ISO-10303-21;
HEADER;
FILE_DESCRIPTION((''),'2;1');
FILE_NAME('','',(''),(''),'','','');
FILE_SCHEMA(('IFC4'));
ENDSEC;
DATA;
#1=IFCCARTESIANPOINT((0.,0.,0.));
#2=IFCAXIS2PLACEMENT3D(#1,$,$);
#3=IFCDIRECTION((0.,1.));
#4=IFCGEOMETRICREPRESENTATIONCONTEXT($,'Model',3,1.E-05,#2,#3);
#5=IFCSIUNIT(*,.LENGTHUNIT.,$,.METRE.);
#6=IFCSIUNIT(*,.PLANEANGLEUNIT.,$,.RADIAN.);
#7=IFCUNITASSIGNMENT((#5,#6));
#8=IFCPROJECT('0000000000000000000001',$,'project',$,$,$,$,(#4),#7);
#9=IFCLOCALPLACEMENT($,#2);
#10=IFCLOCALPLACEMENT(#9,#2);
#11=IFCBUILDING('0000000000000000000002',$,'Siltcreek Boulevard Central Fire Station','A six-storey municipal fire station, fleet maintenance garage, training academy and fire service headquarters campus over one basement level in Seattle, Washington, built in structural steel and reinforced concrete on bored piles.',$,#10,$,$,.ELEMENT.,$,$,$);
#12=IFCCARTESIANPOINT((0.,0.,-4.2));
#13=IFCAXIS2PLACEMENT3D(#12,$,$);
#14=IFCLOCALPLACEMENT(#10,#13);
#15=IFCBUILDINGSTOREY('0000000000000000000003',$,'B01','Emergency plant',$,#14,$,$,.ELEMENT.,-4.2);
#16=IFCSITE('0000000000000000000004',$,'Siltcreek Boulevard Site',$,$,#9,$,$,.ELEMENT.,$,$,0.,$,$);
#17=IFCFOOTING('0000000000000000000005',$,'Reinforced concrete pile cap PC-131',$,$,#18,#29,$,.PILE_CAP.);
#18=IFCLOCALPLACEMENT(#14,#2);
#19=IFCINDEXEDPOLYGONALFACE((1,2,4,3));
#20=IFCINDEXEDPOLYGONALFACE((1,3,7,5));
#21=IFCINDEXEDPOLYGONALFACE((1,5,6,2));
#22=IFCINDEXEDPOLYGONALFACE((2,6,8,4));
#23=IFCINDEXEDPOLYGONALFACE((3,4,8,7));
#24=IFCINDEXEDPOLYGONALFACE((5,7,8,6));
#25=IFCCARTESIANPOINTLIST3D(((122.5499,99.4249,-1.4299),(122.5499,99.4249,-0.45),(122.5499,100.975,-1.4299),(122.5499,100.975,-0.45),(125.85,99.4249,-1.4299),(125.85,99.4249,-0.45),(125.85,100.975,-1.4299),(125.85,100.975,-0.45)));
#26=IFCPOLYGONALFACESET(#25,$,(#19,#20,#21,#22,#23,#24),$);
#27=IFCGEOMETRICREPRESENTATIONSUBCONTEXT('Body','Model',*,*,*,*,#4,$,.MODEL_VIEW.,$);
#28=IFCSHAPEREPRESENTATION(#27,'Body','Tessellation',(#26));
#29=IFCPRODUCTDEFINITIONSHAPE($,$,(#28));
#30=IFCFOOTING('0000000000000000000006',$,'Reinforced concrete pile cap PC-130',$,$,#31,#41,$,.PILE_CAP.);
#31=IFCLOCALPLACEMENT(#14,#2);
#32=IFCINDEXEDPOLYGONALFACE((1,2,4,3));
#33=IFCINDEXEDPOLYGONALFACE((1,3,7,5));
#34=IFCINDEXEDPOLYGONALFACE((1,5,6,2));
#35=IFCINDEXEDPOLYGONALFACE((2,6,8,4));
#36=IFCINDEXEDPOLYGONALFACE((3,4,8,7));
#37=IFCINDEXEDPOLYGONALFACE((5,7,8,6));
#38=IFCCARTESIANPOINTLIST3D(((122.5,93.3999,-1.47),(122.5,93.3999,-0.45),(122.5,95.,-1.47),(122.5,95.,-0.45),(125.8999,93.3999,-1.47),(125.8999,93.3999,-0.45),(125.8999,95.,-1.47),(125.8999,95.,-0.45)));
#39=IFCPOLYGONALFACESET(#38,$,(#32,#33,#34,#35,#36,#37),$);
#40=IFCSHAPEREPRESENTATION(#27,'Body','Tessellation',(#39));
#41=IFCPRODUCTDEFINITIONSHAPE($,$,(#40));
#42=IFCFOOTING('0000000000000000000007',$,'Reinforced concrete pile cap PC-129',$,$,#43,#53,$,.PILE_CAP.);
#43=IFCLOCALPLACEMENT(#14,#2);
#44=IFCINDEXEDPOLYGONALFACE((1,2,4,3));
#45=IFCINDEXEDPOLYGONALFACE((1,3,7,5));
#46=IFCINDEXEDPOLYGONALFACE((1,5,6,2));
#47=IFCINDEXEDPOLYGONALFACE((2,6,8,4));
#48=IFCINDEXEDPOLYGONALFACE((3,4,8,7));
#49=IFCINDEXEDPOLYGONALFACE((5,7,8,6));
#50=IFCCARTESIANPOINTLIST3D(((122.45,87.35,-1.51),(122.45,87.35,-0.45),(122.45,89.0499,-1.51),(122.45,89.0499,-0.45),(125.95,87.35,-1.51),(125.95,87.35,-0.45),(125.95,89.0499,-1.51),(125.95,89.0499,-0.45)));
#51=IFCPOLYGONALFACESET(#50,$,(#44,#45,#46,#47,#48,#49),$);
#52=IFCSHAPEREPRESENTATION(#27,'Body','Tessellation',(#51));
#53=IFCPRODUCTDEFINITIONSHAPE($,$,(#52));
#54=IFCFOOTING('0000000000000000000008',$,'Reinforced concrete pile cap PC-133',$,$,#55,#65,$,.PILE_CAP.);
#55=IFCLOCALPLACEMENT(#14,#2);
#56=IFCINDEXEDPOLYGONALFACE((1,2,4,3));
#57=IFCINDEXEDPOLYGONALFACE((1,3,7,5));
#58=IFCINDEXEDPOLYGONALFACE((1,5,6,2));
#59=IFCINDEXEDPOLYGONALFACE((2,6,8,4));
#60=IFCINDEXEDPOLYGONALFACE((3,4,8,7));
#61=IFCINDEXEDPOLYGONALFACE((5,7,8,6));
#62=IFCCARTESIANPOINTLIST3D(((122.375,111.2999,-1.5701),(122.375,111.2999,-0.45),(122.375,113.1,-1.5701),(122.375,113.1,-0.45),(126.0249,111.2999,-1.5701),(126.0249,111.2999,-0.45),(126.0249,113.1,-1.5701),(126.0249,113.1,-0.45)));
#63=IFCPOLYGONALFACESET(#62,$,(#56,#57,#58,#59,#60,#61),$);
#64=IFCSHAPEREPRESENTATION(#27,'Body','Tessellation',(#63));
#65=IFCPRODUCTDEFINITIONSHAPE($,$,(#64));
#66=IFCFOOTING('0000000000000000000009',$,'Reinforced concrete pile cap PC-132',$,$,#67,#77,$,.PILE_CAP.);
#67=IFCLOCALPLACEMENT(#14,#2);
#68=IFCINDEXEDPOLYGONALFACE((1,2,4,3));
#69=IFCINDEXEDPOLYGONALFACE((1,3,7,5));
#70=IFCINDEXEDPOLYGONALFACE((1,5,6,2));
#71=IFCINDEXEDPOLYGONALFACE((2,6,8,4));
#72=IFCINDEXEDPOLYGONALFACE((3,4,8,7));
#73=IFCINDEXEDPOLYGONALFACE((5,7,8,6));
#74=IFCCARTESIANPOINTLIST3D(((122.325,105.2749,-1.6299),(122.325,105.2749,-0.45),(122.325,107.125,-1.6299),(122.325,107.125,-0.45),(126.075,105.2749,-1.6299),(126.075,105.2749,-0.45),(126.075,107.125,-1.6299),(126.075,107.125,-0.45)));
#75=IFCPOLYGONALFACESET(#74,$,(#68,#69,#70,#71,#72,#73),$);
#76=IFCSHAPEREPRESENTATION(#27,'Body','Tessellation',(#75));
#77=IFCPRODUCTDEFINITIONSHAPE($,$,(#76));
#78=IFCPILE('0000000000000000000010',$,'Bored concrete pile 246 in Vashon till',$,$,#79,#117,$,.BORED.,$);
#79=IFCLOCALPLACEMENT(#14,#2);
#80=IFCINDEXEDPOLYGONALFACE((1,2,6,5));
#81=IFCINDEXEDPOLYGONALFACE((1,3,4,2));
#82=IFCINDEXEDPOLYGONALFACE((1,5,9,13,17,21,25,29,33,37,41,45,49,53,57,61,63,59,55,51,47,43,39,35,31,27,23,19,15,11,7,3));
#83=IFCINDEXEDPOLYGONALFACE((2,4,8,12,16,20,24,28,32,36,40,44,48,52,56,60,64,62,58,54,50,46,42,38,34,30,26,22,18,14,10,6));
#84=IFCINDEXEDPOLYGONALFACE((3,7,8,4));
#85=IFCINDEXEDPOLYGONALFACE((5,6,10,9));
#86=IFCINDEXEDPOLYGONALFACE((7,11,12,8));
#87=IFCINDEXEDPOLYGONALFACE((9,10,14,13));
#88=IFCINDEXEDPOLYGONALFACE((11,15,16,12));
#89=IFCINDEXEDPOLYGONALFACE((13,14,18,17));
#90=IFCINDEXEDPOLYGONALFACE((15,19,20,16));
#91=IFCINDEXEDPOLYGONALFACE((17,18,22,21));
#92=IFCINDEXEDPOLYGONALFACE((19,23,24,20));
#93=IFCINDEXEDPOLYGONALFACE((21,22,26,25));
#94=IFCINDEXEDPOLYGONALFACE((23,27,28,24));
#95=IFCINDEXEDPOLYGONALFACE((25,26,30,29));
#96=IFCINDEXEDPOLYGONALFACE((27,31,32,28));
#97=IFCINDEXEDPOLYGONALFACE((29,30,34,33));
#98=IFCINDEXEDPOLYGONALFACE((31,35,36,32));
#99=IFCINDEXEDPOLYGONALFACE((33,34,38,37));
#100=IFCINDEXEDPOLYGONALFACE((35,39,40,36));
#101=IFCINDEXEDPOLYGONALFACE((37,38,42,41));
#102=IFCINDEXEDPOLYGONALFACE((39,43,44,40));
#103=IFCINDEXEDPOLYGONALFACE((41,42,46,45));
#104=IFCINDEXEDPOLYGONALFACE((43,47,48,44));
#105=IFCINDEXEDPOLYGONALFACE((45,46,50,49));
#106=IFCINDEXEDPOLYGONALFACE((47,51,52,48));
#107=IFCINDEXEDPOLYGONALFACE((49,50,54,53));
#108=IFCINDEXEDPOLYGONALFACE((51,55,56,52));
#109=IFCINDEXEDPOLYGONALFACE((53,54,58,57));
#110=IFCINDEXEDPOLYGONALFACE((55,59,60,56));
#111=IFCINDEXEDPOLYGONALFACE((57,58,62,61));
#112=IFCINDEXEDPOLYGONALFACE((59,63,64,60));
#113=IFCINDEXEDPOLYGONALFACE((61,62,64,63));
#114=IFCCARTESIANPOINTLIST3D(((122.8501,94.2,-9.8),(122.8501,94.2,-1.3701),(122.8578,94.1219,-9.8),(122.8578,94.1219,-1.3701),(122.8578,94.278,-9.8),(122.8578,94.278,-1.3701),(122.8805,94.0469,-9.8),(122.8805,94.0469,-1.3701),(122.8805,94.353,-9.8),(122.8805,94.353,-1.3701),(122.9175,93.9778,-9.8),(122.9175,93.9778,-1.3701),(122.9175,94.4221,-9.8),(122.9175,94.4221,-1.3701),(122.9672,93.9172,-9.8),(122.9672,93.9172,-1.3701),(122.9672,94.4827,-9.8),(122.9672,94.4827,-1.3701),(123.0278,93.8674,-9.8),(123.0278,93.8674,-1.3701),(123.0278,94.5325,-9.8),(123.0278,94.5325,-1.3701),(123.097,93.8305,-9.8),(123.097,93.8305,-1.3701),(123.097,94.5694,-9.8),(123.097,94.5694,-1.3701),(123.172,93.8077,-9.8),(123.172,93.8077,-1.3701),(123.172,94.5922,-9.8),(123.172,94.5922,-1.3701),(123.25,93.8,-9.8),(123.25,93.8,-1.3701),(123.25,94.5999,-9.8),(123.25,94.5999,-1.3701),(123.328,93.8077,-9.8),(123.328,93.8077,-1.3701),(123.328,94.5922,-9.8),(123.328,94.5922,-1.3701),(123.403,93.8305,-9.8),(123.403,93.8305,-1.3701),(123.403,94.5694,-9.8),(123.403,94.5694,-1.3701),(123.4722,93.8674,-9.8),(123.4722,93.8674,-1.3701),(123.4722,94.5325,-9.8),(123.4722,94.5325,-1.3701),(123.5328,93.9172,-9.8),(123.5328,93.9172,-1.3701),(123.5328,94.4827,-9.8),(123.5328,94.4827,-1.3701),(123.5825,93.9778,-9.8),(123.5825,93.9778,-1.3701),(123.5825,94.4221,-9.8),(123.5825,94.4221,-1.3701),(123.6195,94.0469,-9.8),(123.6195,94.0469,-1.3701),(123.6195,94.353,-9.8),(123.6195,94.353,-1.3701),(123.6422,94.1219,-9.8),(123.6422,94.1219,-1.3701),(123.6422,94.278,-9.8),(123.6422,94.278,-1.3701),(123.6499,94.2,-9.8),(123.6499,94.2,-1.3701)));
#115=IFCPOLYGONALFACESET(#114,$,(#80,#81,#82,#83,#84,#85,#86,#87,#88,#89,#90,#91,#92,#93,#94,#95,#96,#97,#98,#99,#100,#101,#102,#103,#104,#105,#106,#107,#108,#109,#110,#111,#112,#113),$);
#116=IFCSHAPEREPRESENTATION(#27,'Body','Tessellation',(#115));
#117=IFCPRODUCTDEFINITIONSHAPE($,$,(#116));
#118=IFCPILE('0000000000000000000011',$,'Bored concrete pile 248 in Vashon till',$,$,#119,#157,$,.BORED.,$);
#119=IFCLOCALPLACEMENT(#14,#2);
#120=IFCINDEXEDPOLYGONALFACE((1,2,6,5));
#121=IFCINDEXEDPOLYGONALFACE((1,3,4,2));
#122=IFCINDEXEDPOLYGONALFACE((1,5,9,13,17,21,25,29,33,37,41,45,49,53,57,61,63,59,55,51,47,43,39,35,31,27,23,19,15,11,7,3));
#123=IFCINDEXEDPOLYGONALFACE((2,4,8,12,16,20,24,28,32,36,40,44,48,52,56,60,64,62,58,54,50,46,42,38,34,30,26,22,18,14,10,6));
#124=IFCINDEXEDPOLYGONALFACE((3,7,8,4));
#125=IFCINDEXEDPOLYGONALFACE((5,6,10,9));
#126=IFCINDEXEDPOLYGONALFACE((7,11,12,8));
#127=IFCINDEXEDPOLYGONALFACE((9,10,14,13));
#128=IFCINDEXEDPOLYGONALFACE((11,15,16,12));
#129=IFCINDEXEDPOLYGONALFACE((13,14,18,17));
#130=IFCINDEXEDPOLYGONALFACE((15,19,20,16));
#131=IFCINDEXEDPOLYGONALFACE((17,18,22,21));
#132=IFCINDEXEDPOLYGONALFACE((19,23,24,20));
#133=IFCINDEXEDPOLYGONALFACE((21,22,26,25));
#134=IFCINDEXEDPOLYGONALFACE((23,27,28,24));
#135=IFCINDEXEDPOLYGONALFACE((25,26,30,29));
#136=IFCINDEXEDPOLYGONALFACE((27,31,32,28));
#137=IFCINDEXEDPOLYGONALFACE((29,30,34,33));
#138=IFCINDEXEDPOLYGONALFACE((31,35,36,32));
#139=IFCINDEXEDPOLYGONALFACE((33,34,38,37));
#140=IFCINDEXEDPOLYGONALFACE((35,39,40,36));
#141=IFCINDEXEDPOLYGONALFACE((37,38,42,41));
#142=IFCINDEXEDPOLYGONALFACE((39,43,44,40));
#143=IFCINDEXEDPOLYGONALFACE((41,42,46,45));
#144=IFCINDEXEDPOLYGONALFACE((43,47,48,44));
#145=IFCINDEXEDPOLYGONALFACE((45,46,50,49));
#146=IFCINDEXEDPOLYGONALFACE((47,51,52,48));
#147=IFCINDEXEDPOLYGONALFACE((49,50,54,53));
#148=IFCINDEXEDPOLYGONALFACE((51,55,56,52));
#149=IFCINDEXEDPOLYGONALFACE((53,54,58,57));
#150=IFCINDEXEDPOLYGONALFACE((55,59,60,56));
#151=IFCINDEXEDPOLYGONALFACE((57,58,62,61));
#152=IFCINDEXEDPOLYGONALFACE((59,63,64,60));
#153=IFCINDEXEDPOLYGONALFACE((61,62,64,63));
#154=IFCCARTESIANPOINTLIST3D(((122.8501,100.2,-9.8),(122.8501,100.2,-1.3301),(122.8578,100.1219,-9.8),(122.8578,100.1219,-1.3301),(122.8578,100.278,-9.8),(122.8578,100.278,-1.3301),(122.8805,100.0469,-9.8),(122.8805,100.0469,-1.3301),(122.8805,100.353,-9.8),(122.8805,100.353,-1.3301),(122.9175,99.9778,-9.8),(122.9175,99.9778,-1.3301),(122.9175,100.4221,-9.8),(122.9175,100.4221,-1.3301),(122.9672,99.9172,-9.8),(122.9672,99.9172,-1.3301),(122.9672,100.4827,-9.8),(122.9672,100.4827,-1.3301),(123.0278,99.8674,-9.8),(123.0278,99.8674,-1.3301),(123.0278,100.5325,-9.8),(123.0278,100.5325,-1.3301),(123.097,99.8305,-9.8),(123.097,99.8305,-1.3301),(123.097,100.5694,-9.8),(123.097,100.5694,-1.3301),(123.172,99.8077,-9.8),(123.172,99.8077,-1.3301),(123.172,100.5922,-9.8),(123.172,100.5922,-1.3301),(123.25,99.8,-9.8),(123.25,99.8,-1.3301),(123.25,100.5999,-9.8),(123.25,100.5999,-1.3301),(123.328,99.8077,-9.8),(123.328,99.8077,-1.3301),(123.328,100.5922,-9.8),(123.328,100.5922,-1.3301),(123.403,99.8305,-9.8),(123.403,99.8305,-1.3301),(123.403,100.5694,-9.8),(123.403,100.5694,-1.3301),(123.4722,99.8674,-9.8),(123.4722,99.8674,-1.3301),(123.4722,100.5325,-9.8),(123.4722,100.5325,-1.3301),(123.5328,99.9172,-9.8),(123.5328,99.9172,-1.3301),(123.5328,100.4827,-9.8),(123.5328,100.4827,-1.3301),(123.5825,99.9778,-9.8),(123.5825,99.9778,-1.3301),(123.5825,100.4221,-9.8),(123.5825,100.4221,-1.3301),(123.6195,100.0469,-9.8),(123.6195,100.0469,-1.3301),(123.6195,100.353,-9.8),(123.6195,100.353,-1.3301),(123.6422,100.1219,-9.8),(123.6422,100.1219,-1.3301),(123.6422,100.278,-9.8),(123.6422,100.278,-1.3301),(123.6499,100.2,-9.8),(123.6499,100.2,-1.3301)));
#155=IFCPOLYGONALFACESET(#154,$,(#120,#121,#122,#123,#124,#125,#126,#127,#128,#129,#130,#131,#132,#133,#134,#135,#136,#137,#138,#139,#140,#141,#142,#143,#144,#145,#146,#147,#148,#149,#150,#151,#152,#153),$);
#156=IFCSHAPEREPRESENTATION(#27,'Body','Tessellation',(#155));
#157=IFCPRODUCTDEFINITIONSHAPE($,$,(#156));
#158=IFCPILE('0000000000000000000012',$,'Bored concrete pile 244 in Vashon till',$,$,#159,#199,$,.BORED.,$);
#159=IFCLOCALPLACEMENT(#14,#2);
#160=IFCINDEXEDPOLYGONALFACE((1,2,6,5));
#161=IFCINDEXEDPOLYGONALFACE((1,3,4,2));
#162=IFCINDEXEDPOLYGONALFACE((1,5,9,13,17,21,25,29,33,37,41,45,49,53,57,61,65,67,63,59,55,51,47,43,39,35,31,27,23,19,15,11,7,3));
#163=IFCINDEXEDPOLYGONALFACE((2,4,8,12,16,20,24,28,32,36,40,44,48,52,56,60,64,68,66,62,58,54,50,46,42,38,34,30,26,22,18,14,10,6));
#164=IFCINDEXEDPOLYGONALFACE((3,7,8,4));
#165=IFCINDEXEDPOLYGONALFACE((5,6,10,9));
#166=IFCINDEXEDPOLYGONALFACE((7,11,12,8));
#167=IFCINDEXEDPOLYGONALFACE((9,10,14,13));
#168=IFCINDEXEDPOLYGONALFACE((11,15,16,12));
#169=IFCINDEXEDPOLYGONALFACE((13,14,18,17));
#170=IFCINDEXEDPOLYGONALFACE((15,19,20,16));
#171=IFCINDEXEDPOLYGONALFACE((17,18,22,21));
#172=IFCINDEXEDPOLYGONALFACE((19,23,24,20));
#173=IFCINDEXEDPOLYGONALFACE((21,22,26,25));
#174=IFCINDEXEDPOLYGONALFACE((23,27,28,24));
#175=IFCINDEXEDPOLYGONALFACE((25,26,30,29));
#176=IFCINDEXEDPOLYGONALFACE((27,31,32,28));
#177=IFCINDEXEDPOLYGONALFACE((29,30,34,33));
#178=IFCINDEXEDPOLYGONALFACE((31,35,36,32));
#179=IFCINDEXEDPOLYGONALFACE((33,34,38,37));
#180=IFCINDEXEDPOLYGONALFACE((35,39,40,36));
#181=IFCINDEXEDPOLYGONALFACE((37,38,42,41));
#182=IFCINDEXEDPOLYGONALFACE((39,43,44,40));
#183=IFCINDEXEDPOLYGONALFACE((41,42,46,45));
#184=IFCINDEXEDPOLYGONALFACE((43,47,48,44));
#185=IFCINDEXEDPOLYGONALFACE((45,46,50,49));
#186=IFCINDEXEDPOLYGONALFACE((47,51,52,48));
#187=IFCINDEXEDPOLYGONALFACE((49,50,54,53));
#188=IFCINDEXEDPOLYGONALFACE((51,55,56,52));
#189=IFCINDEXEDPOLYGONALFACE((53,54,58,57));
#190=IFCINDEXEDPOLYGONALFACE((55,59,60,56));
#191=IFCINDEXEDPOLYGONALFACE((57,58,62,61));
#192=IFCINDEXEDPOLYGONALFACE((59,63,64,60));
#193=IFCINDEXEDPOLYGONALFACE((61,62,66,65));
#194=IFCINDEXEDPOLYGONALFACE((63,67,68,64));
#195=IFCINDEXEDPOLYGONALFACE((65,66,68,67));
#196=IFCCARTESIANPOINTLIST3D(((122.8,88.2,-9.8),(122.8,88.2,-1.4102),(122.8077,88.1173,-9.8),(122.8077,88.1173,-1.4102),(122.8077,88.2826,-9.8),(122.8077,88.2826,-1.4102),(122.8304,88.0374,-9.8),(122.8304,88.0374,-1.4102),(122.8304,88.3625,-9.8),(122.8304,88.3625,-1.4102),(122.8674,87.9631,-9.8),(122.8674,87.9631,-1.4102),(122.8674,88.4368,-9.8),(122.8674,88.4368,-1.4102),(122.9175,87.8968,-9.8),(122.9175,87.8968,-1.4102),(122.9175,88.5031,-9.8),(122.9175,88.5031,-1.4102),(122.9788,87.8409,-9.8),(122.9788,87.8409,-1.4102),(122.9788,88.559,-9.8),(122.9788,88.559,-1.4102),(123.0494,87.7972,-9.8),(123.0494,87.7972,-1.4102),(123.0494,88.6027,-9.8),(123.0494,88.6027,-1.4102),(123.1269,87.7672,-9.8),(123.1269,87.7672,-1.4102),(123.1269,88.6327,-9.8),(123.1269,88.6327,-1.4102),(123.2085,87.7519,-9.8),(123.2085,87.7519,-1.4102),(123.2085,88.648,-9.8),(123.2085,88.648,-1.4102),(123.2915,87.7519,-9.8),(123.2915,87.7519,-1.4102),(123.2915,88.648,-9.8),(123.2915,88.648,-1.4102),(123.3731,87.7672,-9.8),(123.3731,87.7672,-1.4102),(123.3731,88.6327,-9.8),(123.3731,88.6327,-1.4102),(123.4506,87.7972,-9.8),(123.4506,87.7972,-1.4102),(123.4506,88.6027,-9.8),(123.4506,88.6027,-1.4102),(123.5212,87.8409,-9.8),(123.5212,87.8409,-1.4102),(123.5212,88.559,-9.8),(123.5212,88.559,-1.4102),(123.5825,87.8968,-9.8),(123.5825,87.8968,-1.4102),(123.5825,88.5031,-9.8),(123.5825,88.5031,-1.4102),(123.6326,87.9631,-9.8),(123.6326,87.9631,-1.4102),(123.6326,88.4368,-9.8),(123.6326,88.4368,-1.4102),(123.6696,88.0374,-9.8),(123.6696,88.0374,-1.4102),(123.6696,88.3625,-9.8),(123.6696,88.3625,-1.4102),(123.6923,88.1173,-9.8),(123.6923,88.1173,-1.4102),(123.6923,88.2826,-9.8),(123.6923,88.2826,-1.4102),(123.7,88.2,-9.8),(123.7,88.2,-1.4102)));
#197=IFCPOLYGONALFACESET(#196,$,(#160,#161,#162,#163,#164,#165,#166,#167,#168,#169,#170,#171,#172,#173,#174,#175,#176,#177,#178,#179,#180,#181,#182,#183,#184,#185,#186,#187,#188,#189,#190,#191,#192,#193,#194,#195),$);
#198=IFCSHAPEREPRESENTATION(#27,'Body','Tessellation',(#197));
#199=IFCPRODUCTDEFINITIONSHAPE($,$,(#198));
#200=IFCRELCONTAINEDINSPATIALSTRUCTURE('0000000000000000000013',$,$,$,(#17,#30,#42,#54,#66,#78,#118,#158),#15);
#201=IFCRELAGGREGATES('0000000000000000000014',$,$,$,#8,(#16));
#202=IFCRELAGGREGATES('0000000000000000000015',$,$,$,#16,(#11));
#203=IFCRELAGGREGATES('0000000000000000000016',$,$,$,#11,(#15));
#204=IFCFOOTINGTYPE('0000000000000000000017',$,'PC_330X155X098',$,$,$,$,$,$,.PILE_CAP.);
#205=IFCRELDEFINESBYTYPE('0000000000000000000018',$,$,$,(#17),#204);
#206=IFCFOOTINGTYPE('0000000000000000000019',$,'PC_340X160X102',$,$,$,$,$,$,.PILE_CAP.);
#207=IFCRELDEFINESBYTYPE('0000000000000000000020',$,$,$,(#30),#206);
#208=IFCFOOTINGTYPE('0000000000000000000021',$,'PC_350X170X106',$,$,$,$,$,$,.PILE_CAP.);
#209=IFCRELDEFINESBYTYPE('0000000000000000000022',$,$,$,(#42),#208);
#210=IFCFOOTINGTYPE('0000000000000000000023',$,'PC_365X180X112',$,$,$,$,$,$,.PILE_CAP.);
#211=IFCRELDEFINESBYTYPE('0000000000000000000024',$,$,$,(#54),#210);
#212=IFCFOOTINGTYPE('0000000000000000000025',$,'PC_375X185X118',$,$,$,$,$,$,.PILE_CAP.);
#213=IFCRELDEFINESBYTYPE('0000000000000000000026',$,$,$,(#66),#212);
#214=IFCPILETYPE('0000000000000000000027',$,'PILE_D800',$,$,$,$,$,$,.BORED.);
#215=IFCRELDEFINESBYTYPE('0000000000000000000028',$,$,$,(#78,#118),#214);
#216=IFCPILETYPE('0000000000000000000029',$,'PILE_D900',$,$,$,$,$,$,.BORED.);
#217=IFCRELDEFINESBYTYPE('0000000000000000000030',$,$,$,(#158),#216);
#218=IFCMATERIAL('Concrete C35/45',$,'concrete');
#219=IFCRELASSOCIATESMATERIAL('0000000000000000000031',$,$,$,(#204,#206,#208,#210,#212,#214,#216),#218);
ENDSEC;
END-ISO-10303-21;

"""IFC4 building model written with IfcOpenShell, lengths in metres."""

from ifc_helpers import new_model, si_unit, direction, frame, origin, origin_2d, place, context, subcontext, project, spatial, rectangle, circle, extrude, material, material_profile, profile_set, type_object, element, save


model = new_model("IFC4")

# Units and contexts
model_context = context("Model", 3, precision=1e-05, world=origin(), true_north=direction((0.0, 1.0)))
body_context = subcontext(model_context, "Body", "Model", "MODEL_VIEW")
ifc_project = project(units=[si_unit("LENGTHUNIT", "METRE"), si_unit("PLANEANGLEUNIT", "RADIAN")], contexts=[model_context])

# Site, building, storey
site_placement = place(None, origin())
site = spatial("IfcSite", under=ifc_project, at=site_placement, Name="Siltcreek Boulevard Site", CompositionType="ELEMENT", RefElevation=0.0)
building_placement = place(site_placement, origin())
building = spatial("IfcBuilding", under=site, at=building_placement, Name="Siltcreek Boulevard Central Fire Station", Description="A six-storey municipal fire station, fleet maintenance garage, training academy and fire service headquarters campus over one basement level in Seattle, Washington, built in structural steel and reinforced concrete on bored piles.", CompositionType="ELEMENT")
storey_placement = place(building_placement, frame((0.0, 0.0, -4.2)))
storey = spatial("IfcBuildingStorey", under=building, at=storey_placement, Name="B01", Description="Emergency plant", CompositionType="ELEMENT", Elevation=-4.2)

# Footings
ifc_material_1 = material(Name="Concrete C35/45", Category="concrete")
footing_type_1 = type_object("IfcFootingType", Name="PC_330X155X098", PredefinedType="PILE_CAP", material=ifc_material_1)
footing_1_placement = place(storey_placement, frame((124.2, 100.2, -1.4299), z_axis=(0.0, 0.0, 1.0), x_axis=(1.0, 0.0, 0.0)))
element("IfcFooting", 1, at=footing_1_placement, inside=storey, type_object=footing_type_1, Name="Reinforced concrete pile cap PC-131", PredefinedType="PILE_CAP", context=body_context, shape_type="SweptSolid", body=[
    extrude(rectangle(XDim=3.3, YDim=1.55, at=origin_2d()), origin(), (0.0, 0.0, 1.0), 0.98),
])
footing_type_2 = type_object("IfcFootingType", Name="PC_340X160X102", PredefinedType="PILE_CAP", material=ifc_material_1)
footing_2_placement = place(storey_placement, frame((124.2, 94.2, -1.47), z_axis=(0.0, 0.0, 1.0), x_axis=(1.0, 0.0, 0.0)))
element("IfcFooting", 2, at=footing_2_placement, inside=storey, type_object=footing_type_2, Name="Reinforced concrete pile cap PC-130", PredefinedType="PILE_CAP", context=body_context, shape_type="SweptSolid", body=[
    extrude(rectangle(XDim=3.3999, YDim=1.6001, at=origin_2d()), origin(), (0.0, 0.0, 1.0), 1.02),
])
footing_type_3 = type_object("IfcFootingType", Name="PC_350X170X106", PredefinedType="PILE_CAP", material=ifc_material_1)
footing_3_placement = place(storey_placement, frame((124.2, 88.2, -1.51), z_axis=(0.0, 0.0, 1.0), x_axis=(1.0, 0.0, 0.0)))
element("IfcFooting", 3, at=footing_3_placement, inside=storey, type_object=footing_type_3, Name="Reinforced concrete pile cap PC-129", PredefinedType="PILE_CAP", context=body_context, shape_type="SweptSolid", body=[
    extrude(rectangle(XDim=3.5, YDim=1.7, at=origin_2d()), origin(), (0.0, 0.0, 1.0), 1.0601),
])
footing_type_4 = type_object("IfcFootingType", Name="PC_365X180X112", PredefinedType="PILE_CAP", material=ifc_material_1)
footing_4_placement = place(storey_placement, frame((124.2, 112.2, -1.5701), z_axis=(0.0, 0.0, 1.0), x_axis=(1.0, 0.0, 0.0)))
element("IfcFooting", 4, at=footing_4_placement, inside=storey, type_object=footing_type_4, Name="Reinforced concrete pile cap PC-133", PredefinedType="PILE_CAP", context=body_context, shape_type="SweptSolid", body=[
    extrude(rectangle(XDim=3.6499, YDim=1.8, at=origin_2d()), origin(), (0.0, 0.0, 1.0), 1.1201),
])
footing_type_5 = type_object("IfcFootingType", Name="PC_375X185X118", PredefinedType="PILE_CAP", material=ifc_material_1)
footing_5_placement = place(storey_placement, frame((124.2, 106.2, -1.6299), z_axis=(0.0, 0.0, 1.0), x_axis=(1.0, 0.0, 0.0)))
element("IfcFooting", 5, at=footing_5_placement, inside=storey, type_object=footing_type_5, Name="Reinforced concrete pile cap PC-132", PredefinedType="PILE_CAP", context=body_context, shape_type="SweptSolid", body=[
    extrude(rectangle(XDim=3.75, YDim=1.8501, at=origin_2d()), origin(), (0.0, 0.0, 1.0), 1.1799),
])

# Piles
ifc_material_profile_1 = material_profile(ifc_material_1, circle(Radius=0.3999, at=origin_2d()), Name="SHAFT800")
ifc_profile_set_1 = profile_set([ifc_material_profile_1], Name="Concrete C35/45")
pile_type_1 = type_object("IfcPileType", Name="PILE_D800", PredefinedType="BORED", material=ifc_profile_set_1)
pile_1_placement = place(storey_placement, frame((123.25, 94.2, -1.3701), z_axis=(0.0, 0.0, -1.0), x_axis=(1.0, 0.0, 0.0)))
element("IfcPile", 6, at=pile_1_placement, inside=storey, type_object=pile_type_1, Name="Bored concrete pile 246 in Vashon till", PredefinedType="BORED", context=body_context, shape_type="SweptSolid", body=[
    extrude(circle(Radius=0.3999, at=origin_2d()), origin(), (0.0, 0.0, 1.0), 8.4299),
])
pile_2_placement = place(storey_placement, frame((123.25, 100.2, -1.3301), z_axis=(0.0, 0.0, -1.0), x_axis=(1.0, 0.0, 0.0)))
element("IfcPile", 7, at=pile_2_placement, inside=storey, type_object=pile_type_1, Name="Bored concrete pile 248 in Vashon till", PredefinedType="BORED", context=body_context, shape_type="SweptSolid", body=[
    extrude(circle(Radius=0.3999, at=origin_2d()), origin(), (0.0, 0.0, 1.0), 8.47),
])
ifc_material_profile_2 = material_profile(ifc_material_1, circle(Radius=0.45, at=origin_2d()), Name="SHAFT900")
ifc_profile_set_2 = profile_set([ifc_material_profile_2], Name="Concrete C35/45")
pile_type_2 = type_object("IfcPileType", Name="PILE_D900", PredefinedType="BORED", material=ifc_profile_set_2)
pile_3_placement = place(storey_placement, frame((123.25, 88.2, -1.4102), z_axis=(0.0, 0.0, -1.0), x_axis=(1.0, 0.0, 0.0)))
element("IfcPile", 8, at=pile_3_placement, inside=storey, type_object=pile_type_2, Name="Bored concrete pile 244 in Vashon till", PredefinedType="BORED", context=body_context, shape_type="SweptSolid", body=[
    extrude(circle(Radius=0.45, at=origin_2d()), origin(), (0.0, 0.0, 1.0), 8.3899),
])

save(model, "model.ifc")
